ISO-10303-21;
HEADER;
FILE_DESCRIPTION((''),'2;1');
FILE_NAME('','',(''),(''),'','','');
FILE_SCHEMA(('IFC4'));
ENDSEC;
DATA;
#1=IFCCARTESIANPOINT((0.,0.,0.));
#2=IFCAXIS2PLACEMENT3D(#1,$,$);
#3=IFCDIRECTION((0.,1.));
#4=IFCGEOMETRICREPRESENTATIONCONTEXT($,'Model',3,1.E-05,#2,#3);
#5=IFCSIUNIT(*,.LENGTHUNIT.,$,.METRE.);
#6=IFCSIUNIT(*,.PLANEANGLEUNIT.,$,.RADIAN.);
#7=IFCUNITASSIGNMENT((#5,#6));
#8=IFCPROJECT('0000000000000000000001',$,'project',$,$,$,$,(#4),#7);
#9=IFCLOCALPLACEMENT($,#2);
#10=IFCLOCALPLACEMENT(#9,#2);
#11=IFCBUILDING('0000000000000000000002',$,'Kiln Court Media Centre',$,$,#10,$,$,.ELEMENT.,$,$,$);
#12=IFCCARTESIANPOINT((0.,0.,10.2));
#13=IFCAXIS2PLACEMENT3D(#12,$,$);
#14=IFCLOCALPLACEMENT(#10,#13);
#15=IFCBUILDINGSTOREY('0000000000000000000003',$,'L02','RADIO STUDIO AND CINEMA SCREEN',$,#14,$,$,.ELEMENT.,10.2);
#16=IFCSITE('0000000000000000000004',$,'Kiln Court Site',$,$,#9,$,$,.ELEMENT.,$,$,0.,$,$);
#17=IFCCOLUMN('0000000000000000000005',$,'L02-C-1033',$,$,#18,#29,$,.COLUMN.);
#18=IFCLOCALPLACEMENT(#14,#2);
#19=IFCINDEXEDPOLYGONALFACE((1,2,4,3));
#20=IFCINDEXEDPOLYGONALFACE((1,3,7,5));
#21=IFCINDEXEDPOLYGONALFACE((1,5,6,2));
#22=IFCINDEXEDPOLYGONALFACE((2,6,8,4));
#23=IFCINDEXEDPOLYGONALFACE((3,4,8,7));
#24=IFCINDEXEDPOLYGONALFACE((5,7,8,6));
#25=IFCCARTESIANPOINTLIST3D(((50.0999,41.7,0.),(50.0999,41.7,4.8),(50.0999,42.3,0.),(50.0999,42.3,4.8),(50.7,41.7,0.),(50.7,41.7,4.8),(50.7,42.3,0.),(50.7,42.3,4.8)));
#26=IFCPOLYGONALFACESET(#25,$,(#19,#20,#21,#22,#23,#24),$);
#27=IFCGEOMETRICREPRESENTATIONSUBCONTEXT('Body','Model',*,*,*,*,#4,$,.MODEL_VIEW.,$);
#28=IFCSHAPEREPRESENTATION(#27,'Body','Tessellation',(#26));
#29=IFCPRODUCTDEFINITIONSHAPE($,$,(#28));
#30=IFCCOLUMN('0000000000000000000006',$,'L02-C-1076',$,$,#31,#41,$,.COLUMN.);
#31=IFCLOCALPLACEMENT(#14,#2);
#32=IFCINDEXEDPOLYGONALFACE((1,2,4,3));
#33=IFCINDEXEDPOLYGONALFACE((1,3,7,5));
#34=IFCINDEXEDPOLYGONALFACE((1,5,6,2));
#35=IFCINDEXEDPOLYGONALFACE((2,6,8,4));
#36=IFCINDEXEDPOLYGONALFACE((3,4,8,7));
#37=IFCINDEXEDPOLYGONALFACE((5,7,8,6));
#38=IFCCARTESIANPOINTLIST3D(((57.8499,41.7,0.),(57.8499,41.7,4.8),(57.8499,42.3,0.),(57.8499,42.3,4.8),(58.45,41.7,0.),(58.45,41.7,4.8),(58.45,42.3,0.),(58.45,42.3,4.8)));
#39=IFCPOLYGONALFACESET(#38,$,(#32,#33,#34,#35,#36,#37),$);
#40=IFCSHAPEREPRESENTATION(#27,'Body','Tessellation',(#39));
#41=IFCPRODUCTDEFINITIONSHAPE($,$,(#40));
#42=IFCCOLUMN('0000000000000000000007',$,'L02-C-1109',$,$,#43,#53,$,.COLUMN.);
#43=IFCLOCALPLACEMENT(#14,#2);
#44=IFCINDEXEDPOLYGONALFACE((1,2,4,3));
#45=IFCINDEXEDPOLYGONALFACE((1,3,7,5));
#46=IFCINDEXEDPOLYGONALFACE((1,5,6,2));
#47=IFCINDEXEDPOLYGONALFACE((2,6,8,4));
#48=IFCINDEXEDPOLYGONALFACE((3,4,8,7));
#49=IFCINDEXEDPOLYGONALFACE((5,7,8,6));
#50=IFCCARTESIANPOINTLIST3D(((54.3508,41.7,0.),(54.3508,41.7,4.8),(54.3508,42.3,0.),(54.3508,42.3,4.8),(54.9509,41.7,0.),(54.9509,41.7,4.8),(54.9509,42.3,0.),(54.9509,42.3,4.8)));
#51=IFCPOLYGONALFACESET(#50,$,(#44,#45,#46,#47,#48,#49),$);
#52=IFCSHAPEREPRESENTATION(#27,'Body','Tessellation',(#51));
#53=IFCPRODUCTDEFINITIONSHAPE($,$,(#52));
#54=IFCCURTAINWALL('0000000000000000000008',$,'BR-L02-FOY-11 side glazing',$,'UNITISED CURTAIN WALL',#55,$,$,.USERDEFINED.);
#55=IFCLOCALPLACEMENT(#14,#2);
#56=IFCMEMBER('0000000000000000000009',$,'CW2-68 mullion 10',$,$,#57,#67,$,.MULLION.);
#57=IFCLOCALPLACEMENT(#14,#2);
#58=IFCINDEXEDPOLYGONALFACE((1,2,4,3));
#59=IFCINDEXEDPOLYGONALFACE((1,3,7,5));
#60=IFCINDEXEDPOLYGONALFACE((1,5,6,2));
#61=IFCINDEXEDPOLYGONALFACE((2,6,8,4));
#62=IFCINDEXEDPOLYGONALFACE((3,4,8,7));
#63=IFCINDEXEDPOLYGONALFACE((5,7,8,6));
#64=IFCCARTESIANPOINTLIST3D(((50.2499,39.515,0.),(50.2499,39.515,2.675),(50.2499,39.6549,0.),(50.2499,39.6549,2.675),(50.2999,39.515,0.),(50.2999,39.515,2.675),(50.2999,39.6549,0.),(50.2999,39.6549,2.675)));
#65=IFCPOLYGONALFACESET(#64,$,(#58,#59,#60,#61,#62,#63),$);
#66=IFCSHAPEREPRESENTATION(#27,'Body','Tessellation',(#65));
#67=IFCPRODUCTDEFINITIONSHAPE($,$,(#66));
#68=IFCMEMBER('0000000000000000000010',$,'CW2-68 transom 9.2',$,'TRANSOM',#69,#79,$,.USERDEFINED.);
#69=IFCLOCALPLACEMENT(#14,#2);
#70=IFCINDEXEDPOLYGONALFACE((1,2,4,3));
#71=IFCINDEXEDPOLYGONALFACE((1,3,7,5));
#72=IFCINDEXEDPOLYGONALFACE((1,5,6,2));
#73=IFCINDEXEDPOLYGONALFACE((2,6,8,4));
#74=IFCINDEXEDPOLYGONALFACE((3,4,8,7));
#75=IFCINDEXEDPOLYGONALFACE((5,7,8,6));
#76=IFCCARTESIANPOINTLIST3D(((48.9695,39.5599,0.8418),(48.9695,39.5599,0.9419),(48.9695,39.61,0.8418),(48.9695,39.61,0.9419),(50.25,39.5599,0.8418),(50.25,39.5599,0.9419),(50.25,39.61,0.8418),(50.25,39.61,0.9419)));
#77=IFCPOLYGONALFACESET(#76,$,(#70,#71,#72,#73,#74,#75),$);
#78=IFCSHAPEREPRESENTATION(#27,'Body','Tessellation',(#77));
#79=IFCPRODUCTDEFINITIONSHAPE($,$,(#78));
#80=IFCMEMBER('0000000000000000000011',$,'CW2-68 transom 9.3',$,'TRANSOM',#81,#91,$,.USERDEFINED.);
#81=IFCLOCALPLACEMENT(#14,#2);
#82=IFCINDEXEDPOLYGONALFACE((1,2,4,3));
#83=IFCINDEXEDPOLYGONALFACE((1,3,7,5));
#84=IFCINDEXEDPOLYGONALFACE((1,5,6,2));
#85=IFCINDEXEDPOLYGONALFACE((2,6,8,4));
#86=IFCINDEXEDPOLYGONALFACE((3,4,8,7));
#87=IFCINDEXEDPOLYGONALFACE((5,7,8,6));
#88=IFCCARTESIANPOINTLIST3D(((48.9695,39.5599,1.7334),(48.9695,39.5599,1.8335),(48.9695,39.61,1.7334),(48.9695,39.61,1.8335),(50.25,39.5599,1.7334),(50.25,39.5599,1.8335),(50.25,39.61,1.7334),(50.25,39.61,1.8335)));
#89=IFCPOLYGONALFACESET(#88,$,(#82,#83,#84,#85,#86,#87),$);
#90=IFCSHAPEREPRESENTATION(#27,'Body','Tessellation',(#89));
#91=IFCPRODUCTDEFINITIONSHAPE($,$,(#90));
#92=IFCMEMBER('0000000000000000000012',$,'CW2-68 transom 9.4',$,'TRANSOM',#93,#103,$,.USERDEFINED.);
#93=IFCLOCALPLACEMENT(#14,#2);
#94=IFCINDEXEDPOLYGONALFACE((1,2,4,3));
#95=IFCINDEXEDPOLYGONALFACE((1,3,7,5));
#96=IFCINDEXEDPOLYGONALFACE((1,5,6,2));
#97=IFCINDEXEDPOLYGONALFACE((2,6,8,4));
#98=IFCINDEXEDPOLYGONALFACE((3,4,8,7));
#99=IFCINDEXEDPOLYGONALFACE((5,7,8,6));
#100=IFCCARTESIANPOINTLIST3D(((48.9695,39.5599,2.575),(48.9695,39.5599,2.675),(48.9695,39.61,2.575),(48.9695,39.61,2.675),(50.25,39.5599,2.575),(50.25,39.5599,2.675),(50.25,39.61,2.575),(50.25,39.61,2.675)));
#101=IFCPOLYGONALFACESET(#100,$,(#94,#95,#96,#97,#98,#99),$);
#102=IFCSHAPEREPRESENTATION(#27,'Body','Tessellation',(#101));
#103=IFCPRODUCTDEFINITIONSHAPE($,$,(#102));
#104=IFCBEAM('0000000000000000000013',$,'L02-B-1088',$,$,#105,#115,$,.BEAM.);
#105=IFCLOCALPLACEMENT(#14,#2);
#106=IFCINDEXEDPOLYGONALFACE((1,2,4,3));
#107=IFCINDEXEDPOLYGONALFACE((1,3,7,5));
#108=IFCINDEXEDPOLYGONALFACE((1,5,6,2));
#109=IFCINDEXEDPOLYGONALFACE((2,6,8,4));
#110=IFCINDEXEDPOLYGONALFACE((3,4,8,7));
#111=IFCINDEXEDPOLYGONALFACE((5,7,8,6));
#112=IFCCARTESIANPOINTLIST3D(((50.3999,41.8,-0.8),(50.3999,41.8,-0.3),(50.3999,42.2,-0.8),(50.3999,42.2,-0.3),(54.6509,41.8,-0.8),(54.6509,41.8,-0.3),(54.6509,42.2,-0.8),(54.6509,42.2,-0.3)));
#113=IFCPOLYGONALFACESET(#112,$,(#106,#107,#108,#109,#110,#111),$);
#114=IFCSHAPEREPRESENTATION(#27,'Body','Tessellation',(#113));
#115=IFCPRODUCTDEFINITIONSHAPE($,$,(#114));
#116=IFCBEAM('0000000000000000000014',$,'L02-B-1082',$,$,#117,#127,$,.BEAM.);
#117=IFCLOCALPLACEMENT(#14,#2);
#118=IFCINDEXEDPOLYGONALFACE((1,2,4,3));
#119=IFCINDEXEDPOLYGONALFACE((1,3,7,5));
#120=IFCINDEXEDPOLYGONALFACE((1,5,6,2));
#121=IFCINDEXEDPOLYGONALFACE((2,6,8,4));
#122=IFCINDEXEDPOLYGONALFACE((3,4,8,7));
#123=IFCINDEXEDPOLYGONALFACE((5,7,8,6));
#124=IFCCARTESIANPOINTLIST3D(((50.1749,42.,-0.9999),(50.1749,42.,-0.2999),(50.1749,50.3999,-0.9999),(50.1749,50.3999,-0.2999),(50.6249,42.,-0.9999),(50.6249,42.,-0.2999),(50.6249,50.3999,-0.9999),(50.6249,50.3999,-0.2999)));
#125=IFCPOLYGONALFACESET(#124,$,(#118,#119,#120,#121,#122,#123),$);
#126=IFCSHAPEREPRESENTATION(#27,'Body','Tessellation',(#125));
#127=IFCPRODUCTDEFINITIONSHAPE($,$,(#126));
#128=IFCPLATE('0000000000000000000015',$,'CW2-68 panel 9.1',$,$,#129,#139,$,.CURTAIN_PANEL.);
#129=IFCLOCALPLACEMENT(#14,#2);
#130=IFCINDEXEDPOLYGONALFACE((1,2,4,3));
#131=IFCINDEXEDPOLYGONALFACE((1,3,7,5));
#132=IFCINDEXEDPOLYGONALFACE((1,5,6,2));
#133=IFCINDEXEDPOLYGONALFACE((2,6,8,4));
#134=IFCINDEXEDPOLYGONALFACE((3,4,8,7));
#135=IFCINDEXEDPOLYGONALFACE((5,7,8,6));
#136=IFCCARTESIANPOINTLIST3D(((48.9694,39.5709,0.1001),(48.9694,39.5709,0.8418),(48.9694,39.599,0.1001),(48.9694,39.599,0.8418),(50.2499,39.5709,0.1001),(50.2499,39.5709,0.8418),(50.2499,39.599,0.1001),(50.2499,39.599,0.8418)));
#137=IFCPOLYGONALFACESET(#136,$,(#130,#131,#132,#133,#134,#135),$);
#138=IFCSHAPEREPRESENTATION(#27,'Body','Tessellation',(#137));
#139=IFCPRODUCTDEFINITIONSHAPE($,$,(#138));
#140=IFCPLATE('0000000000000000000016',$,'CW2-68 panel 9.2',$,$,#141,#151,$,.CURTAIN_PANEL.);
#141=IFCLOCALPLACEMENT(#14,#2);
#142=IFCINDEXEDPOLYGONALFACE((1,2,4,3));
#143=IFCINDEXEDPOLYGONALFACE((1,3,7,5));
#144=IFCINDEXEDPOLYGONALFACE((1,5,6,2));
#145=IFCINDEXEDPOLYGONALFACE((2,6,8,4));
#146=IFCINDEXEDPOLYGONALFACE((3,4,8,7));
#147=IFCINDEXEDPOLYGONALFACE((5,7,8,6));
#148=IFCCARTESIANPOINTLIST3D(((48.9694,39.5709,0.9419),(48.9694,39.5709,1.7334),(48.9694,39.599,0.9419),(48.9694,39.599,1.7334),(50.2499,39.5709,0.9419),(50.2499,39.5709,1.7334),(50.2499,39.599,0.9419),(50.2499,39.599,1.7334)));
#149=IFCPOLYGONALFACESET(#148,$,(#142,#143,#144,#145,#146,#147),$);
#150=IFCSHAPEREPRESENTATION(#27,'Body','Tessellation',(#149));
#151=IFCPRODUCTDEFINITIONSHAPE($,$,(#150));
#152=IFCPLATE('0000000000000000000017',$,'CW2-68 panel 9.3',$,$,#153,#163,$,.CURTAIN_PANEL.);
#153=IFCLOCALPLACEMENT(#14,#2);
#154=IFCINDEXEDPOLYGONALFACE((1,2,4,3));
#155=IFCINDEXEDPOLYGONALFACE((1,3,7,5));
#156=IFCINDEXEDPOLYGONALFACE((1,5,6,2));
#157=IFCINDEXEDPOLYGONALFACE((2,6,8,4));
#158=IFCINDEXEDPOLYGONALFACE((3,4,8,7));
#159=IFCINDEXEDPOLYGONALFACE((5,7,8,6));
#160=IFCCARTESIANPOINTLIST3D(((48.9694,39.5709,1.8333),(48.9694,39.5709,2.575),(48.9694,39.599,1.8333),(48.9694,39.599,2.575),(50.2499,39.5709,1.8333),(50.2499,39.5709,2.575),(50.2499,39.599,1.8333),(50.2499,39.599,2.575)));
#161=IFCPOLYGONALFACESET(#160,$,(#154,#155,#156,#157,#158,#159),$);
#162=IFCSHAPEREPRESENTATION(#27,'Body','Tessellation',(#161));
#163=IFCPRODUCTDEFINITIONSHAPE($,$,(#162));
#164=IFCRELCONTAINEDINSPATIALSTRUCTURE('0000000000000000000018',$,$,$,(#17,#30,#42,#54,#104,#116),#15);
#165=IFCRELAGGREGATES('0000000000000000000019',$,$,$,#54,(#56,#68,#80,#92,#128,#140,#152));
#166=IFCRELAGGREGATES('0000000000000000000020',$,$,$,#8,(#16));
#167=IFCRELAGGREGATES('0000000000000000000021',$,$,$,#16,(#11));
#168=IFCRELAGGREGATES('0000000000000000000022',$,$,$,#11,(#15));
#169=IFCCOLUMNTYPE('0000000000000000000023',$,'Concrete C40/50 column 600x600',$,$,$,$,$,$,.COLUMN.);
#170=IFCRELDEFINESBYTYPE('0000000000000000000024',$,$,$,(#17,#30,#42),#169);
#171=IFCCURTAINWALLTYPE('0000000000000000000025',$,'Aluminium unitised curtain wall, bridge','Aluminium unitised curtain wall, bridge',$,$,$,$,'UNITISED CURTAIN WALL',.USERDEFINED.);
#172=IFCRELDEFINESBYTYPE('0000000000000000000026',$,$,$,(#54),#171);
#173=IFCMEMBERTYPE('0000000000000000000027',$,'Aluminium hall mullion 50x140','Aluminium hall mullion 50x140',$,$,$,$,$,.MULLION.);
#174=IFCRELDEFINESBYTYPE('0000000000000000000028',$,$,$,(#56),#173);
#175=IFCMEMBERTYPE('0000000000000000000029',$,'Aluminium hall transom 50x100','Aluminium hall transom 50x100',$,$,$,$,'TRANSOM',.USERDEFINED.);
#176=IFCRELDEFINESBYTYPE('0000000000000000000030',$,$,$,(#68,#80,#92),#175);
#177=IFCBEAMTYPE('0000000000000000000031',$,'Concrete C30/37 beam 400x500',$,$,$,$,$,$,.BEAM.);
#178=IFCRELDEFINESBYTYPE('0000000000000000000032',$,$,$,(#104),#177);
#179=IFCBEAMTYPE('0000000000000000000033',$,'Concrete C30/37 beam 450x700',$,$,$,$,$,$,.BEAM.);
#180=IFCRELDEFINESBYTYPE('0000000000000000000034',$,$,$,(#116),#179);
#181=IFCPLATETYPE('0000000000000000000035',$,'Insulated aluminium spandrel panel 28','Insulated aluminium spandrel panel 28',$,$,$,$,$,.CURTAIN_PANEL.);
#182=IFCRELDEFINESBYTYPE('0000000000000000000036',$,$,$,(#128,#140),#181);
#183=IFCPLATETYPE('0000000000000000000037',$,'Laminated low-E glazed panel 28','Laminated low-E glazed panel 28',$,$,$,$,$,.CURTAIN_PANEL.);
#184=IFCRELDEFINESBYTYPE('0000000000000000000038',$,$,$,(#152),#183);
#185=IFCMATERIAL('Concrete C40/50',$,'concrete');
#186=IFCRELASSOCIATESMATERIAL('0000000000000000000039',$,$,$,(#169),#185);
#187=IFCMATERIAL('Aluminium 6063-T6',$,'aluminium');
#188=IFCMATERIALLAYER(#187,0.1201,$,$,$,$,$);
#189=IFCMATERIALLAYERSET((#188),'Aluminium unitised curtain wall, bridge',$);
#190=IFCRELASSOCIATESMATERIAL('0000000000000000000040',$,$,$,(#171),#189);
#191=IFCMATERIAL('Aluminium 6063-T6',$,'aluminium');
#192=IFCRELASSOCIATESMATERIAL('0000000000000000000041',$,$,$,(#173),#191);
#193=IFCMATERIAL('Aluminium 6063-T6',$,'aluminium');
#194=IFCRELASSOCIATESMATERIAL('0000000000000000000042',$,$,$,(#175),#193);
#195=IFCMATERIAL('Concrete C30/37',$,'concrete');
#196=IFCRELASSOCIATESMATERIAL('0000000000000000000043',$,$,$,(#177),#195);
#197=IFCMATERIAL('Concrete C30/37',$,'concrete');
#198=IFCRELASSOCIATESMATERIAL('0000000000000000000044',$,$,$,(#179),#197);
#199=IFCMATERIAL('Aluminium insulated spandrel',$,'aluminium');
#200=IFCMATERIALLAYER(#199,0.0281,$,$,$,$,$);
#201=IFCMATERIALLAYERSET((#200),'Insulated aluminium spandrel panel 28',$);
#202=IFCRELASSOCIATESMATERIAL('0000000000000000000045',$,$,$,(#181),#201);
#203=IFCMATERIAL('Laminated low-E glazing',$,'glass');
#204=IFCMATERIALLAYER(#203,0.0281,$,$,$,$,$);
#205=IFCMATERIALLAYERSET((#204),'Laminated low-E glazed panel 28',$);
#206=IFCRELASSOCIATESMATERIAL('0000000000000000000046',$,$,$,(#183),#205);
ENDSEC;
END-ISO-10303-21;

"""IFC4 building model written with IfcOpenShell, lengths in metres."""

from ifc_helpers import new_model, si_unit, direction, frame, origin, origin_2d, place, context, subcontext, project, spatial, rectangle, extrude, material, layer, layer_set, material_profile, profile_set, type_object, element, aggregate, save


model = new_model("IFC4")

# Units and contexts
model_context = context("Model", 3, precision=1e-05, world=origin(), true_north=direction((0.0, 1.0)))
body_context = subcontext(model_context, "Body", "Model", "MODEL_VIEW")
ifc_project = project(units=[si_unit("LENGTHUNIT", "METRE"), si_unit("PLANEANGLEUNIT", "RADIAN")], contexts=[model_context])

# Site, building, storey
site_placement = place(None, origin())
site = spatial("IfcSite", under=ifc_project, at=site_placement, Name="Kiln Court Site", CompositionType="ELEMENT", RefElevation=0.0)
building_placement = place(site_placement, origin())
building = spatial("IfcBuilding", under=site, at=building_placement, Name="Kiln Court Media Centre", CompositionType="ELEMENT")
storey_placement = place(building_placement, frame((0.0, 0.0, 10.2)))
storey = spatial("IfcBuildingStorey", under=building, at=storey_placement, Name="L02", Description="RADIO STUDIO AND CINEMA SCREEN", CompositionType="ELEMENT", Elevation=10.2)

# Columns
ifc_material_1 = material(Name="Concrete C40/50", Category="concrete")
ifc_material_profile_1 = material_profile(ifc_material_1, rectangle(XDim=0.6001, YDim=0.6001, at=origin_2d()), Name="RC 600x600")
ifc_profile_set_1 = profile_set([ifc_material_profile_1], Name="Concrete C40/50")
column_type = type_object("IfcColumnType", Name="Concrete C40/50 column 600x600", PredefinedType="COLUMN", material=ifc_profile_set_1)
for number, where, z_axis, x_axis, name in (
    (1, (50.3999, 42.0, 0.0), (0.0, 0.0, 1.0), (1.0, 0.0, 0.0), "L02-C-1033"),
    (2, (58.1499, 42.0, 0.0), (0.0, 0.0, 1.0), (1.0, 0.0, 0.0), "L02-C-1076"),
    (3, (54.6509, 42.0, 0.0), (0.0, 0.0, 1.0), (1.0, 0.0, 0.0), "L02-C-1109"),
):
    element("IfcColumn", number, at=place(storey_placement, frame(where, z_axis=z_axis, x_axis=x_axis)), inside=storey, type_object=column_type, Name=name, PredefinedType="COLUMN", context=body_context, shape_type="SweptSolid", body=[
        extrude(rectangle(XDim=0.6001, YDim=0.6001, at=origin_2d()), origin(), (0.0, 0.0, 1.0), 4.8),
    ])

# Curtain wall, members
ifc_material_2 = material(Name="Aluminium 6063-T6", Category="aluminium")
ifc_layer_1 = layer(ifc_material_2, 0.1201)
ifc_layer_set_1 = layer_set([ifc_layer_1], Name="Aluminium unitised curtain wall, bridge")
curtain_wall_type = type_object("IfcCurtainWallType", Name="Aluminium unitised curtain wall, bridge", Description="Aluminium unitised curtain wall, bridge", ElementType="UNITISED CURTAIN WALL", PredefinedType="USERDEFINED", material=ifc_layer_set_1)
curtain_wall_placement = place(storey_placement, origin())
curtain_wall = element("IfcCurtainWall", 4, at=curtain_wall_placement, inside=storey, type_object=curtain_wall_type, Name="BR-L02-FOY-11 side glazing", ObjectType="UNITISED CURTAIN WALL", PredefinedType="USERDEFINED")
ifc_material_3 = material(Name="Aluminium 6063-T6", Category="aluminium")
ifc_material_profile_2 = material_profile(ifc_material_3, rectangle(XDim=0.05, YDim=0.1399, at=origin_2d()), Name="Aluminium hall mullion 50x140")
ifc_profile_set_2 = profile_set([ifc_material_profile_2], Name="Aluminium 6063-T6")
member_type_1 = type_object("IfcMemberType", Name="Aluminium hall mullion 50x140", Description="Aluminium hall mullion 50x140", PredefinedType="MULLION", material=ifc_profile_set_2)
member_1_placement = place(storey_placement, frame((50.2749, 39.585, 0.0), z_axis=(0.0, 0.0, 1.0), x_axis=(1.0, 0.0, 0.0)))
member_1 = element("IfcMember", 5, at=member_1_placement, type_object=member_type_1, Name="CW2-68 mullion 10", PredefinedType="MULLION", context=body_context, shape_type="SweptSolid", body=[
    extrude(rectangle(XDim=0.05, YDim=0.1399, at=origin_2d()), origin(), (0.0, 0.0, 1.0), 2.675),
])
ifc_material_4 = material(Name="Aluminium 6063-T6", Category="aluminium")
ifc_material_profile_3 = material_profile(ifc_material_4, rectangle(XDim=0.05, YDim=0.1001, at=origin_2d()), Name="Aluminium hall transom 50x100")
ifc_profile_set_3 = profile_set([ifc_material_profile_3], Name="Aluminium 6063-T6")
member_type_2 = type_object("IfcMemberType", Name="Aluminium hall transom 50x100", Description="Aluminium hall transom 50x100", ElementType="TRANSOM", PredefinedType="USERDEFINED", material=ifc_profile_set_3)
member_2_placement = place(storey_placement, frame((48.9695, 39.585, 0.8918), z_axis=(1.0, 0.0, 0.0), x_axis=(0.0, 1.0, 0.0)))
member_2 = element("IfcMember", 6, at=member_2_placement, type_object=member_type_2, Name="CW2-68 transom 9.2", ObjectType="TRANSOM", PredefinedType="USERDEFINED", context=body_context, shape_type="SweptSolid", body=[
    extrude(rectangle(XDim=0.05, YDim=0.1001, at=origin_2d()), origin(), (0.0, 0.0, 1.0), 1.2805),
])
member_3_placement = place(storey_placement, frame((48.9695, 39.585, 1.7834), z_axis=(1.0, 0.0, 0.0), x_axis=(0.0, 1.0, 0.0)))
member_3 = element("IfcMember", 7, at=member_3_placement, type_object=member_type_2, Name="CW2-68 transom 9.3", ObjectType="TRANSOM", PredefinedType="USERDEFINED", context=body_context, shape_type="SweptSolid", body=[
    extrude(rectangle(XDim=0.05, YDim=0.1001, at=origin_2d()), origin(), (0.0, 0.0, 1.0), 1.2805),
])
member_4_placement = place(storey_placement, frame((48.9695, 39.585, 2.625), z_axis=(1.0, 0.0, 0.0), x_axis=(0.0, 1.0, 0.0)))
member_4 = element("IfcMember", 8, at=member_4_placement, type_object=member_type_2, Name="CW2-68 transom 9.4", ObjectType="TRANSOM", PredefinedType="USERDEFINED", context=body_context, shape_type="SweptSolid", body=[
    extrude(rectangle(XDim=0.05, YDim=0.1001, at=origin_2d()), origin(), (0.0, 0.0, 1.0), 1.2805),
])

# Beams
ifc_material_5 = material(Name="Concrete C30/37", Category="concrete")
ifc_material_profile_4 = material_profile(ifc_material_5, rectangle(XDim=0.3999, YDim=0.5, at=origin_2d()), Name="RC 400x500")
ifc_profile_set_4 = profile_set([ifc_material_profile_4], Name="Concrete C30/37")
beam_type_1 = type_object("IfcBeamType", Name="Concrete C30/37 beam 400x500", PredefinedType="BEAM", material=ifc_profile_set_4)
beam_1_placement = place(storey_placement, frame((50.3999, 42.0, -0.55), z_axis=(1.0, 0.0, 0.0), x_axis=(0.0, 1.0, 0.0)))
element("IfcBeam", 9, at=beam_1_placement, inside=storey, type_object=beam_type_1, Name="L02-B-1088", PredefinedType="BEAM", context=body_context, shape_type="SweptSolid", body=[
    extrude(rectangle(XDim=0.3999, YDim=0.5, at=origin_2d()), origin(), (0.0, 0.0, 1.0), 4.251),
])
ifc_material_6 = material(Name="Concrete C30/37", Category="concrete")
ifc_material_profile_5 = material_profile(ifc_material_6, rectangle(XDim=0.45, YDim=0.7, at=origin_2d()), Name="RC 450x700")
ifc_profile_set_5 = profile_set([ifc_material_profile_5], Name="Concrete C30/37")
beam_type_2 = type_object("IfcBeamType", Name="Concrete C30/37 beam 450x700", PredefinedType="BEAM", material=ifc_profile_set_5)
beam_2_placement = place(storey_placement, frame((50.3999, 42.0, -0.6499), z_axis=(0.0, 1.0, 0.0), x_axis=(-1.0, 0.0, 0.0)))
element("IfcBeam", 10, at=beam_2_placement, inside=storey, type_object=beam_type_2, Name="L02-B-1082", PredefinedType="BEAM", context=body_context, shape_type="SweptSolid", body=[
    extrude(rectangle(XDim=0.45, YDim=0.7, at=origin_2d()), origin(), (0.0, 0.0, 1.0), 8.3999),
])

# Plates
ifc_material_7 = material(Name="Aluminium insulated spandrel", Category="aluminium")
ifc_layer_2 = layer(ifc_material_7, 0.0281)
ifc_layer_set_2 = layer_set([ifc_layer_2], Name="Insulated aluminium spandrel panel 28")
plate_type_1 = type_object("IfcPlateType", Name="Insulated aluminium spandrel panel 28", Description="Insulated aluminium spandrel panel 28", PredefinedType="CURTAIN_PANEL", material=ifc_layer_set_2)
plate_1_placement = place(storey_placement, frame((49.6096, 39.585, 0.1001), z_axis=(0.0, 0.0, 1.0), x_axis=(1.0, 0.0, 0.0)))
plate_1 = element("IfcPlate", 11, at=plate_1_placement, type_object=plate_type_1, Name="CW2-68 panel 9.1", PredefinedType="CURTAIN_PANEL", context=body_context, shape_type="SweptSolid", body=[
    extrude(rectangle(XDim=1.2805, YDim=0.0281, at=origin_2d()), origin(), (0.0, 0.0, 1.0), 0.7417),
])
plate_2_placement = place(storey_placement, frame((49.6096, 39.585, 0.9419), z_axis=(0.0, 0.0, 1.0), x_axis=(1.0, 0.0, 0.0)))
plate_2 = element("IfcPlate", 12, at=plate_2_placement, type_object=plate_type_1, Name="CW2-68 panel 9.2", PredefinedType="CURTAIN_PANEL", context=body_context, shape_type="SweptSolid", body=[
    extrude(rectangle(XDim=1.2805, YDim=0.0281, at=origin_2d()), origin(), (0.0, 0.0, 1.0), 0.7915),
])
ifc_material_8 = material(Name="Laminated low-E glazing", Category="glass")
ifc_layer_3 = layer(ifc_material_8, 0.0281)
ifc_layer_set_3 = layer_set([ifc_layer_3], Name="Laminated low-E glazed panel 28")
plate_type_2 = type_object("IfcPlateType", Name="Laminated low-E glazed panel 28", Description="Laminated low-E glazed panel 28", PredefinedType="CURTAIN_PANEL", material=ifc_layer_set_3)
plate_3_placement = place(storey_placement, frame((49.6096, 39.585, 1.8333), z_axis=(0.0, 0.0, 1.0), x_axis=(1.0, 0.0, 0.0)))
plate_3 = element("IfcPlate", 13, at=plate_3_placement, type_object=plate_type_2, Name="CW2-68 panel 9.3", PredefinedType="CURTAIN_PANEL", context=body_context, shape_type="SweptSolid", body=[
    extrude(rectangle(XDim=1.2805, YDim=0.0281, at=origin_2d()), origin(), (0.0, 0.0, 1.0), 0.7417),
])
aggregate(curtain_wall, [member_1, member_2, member_3, member_4, plate_1, plate_2, plate_3])

save(model, "model.ifc")
